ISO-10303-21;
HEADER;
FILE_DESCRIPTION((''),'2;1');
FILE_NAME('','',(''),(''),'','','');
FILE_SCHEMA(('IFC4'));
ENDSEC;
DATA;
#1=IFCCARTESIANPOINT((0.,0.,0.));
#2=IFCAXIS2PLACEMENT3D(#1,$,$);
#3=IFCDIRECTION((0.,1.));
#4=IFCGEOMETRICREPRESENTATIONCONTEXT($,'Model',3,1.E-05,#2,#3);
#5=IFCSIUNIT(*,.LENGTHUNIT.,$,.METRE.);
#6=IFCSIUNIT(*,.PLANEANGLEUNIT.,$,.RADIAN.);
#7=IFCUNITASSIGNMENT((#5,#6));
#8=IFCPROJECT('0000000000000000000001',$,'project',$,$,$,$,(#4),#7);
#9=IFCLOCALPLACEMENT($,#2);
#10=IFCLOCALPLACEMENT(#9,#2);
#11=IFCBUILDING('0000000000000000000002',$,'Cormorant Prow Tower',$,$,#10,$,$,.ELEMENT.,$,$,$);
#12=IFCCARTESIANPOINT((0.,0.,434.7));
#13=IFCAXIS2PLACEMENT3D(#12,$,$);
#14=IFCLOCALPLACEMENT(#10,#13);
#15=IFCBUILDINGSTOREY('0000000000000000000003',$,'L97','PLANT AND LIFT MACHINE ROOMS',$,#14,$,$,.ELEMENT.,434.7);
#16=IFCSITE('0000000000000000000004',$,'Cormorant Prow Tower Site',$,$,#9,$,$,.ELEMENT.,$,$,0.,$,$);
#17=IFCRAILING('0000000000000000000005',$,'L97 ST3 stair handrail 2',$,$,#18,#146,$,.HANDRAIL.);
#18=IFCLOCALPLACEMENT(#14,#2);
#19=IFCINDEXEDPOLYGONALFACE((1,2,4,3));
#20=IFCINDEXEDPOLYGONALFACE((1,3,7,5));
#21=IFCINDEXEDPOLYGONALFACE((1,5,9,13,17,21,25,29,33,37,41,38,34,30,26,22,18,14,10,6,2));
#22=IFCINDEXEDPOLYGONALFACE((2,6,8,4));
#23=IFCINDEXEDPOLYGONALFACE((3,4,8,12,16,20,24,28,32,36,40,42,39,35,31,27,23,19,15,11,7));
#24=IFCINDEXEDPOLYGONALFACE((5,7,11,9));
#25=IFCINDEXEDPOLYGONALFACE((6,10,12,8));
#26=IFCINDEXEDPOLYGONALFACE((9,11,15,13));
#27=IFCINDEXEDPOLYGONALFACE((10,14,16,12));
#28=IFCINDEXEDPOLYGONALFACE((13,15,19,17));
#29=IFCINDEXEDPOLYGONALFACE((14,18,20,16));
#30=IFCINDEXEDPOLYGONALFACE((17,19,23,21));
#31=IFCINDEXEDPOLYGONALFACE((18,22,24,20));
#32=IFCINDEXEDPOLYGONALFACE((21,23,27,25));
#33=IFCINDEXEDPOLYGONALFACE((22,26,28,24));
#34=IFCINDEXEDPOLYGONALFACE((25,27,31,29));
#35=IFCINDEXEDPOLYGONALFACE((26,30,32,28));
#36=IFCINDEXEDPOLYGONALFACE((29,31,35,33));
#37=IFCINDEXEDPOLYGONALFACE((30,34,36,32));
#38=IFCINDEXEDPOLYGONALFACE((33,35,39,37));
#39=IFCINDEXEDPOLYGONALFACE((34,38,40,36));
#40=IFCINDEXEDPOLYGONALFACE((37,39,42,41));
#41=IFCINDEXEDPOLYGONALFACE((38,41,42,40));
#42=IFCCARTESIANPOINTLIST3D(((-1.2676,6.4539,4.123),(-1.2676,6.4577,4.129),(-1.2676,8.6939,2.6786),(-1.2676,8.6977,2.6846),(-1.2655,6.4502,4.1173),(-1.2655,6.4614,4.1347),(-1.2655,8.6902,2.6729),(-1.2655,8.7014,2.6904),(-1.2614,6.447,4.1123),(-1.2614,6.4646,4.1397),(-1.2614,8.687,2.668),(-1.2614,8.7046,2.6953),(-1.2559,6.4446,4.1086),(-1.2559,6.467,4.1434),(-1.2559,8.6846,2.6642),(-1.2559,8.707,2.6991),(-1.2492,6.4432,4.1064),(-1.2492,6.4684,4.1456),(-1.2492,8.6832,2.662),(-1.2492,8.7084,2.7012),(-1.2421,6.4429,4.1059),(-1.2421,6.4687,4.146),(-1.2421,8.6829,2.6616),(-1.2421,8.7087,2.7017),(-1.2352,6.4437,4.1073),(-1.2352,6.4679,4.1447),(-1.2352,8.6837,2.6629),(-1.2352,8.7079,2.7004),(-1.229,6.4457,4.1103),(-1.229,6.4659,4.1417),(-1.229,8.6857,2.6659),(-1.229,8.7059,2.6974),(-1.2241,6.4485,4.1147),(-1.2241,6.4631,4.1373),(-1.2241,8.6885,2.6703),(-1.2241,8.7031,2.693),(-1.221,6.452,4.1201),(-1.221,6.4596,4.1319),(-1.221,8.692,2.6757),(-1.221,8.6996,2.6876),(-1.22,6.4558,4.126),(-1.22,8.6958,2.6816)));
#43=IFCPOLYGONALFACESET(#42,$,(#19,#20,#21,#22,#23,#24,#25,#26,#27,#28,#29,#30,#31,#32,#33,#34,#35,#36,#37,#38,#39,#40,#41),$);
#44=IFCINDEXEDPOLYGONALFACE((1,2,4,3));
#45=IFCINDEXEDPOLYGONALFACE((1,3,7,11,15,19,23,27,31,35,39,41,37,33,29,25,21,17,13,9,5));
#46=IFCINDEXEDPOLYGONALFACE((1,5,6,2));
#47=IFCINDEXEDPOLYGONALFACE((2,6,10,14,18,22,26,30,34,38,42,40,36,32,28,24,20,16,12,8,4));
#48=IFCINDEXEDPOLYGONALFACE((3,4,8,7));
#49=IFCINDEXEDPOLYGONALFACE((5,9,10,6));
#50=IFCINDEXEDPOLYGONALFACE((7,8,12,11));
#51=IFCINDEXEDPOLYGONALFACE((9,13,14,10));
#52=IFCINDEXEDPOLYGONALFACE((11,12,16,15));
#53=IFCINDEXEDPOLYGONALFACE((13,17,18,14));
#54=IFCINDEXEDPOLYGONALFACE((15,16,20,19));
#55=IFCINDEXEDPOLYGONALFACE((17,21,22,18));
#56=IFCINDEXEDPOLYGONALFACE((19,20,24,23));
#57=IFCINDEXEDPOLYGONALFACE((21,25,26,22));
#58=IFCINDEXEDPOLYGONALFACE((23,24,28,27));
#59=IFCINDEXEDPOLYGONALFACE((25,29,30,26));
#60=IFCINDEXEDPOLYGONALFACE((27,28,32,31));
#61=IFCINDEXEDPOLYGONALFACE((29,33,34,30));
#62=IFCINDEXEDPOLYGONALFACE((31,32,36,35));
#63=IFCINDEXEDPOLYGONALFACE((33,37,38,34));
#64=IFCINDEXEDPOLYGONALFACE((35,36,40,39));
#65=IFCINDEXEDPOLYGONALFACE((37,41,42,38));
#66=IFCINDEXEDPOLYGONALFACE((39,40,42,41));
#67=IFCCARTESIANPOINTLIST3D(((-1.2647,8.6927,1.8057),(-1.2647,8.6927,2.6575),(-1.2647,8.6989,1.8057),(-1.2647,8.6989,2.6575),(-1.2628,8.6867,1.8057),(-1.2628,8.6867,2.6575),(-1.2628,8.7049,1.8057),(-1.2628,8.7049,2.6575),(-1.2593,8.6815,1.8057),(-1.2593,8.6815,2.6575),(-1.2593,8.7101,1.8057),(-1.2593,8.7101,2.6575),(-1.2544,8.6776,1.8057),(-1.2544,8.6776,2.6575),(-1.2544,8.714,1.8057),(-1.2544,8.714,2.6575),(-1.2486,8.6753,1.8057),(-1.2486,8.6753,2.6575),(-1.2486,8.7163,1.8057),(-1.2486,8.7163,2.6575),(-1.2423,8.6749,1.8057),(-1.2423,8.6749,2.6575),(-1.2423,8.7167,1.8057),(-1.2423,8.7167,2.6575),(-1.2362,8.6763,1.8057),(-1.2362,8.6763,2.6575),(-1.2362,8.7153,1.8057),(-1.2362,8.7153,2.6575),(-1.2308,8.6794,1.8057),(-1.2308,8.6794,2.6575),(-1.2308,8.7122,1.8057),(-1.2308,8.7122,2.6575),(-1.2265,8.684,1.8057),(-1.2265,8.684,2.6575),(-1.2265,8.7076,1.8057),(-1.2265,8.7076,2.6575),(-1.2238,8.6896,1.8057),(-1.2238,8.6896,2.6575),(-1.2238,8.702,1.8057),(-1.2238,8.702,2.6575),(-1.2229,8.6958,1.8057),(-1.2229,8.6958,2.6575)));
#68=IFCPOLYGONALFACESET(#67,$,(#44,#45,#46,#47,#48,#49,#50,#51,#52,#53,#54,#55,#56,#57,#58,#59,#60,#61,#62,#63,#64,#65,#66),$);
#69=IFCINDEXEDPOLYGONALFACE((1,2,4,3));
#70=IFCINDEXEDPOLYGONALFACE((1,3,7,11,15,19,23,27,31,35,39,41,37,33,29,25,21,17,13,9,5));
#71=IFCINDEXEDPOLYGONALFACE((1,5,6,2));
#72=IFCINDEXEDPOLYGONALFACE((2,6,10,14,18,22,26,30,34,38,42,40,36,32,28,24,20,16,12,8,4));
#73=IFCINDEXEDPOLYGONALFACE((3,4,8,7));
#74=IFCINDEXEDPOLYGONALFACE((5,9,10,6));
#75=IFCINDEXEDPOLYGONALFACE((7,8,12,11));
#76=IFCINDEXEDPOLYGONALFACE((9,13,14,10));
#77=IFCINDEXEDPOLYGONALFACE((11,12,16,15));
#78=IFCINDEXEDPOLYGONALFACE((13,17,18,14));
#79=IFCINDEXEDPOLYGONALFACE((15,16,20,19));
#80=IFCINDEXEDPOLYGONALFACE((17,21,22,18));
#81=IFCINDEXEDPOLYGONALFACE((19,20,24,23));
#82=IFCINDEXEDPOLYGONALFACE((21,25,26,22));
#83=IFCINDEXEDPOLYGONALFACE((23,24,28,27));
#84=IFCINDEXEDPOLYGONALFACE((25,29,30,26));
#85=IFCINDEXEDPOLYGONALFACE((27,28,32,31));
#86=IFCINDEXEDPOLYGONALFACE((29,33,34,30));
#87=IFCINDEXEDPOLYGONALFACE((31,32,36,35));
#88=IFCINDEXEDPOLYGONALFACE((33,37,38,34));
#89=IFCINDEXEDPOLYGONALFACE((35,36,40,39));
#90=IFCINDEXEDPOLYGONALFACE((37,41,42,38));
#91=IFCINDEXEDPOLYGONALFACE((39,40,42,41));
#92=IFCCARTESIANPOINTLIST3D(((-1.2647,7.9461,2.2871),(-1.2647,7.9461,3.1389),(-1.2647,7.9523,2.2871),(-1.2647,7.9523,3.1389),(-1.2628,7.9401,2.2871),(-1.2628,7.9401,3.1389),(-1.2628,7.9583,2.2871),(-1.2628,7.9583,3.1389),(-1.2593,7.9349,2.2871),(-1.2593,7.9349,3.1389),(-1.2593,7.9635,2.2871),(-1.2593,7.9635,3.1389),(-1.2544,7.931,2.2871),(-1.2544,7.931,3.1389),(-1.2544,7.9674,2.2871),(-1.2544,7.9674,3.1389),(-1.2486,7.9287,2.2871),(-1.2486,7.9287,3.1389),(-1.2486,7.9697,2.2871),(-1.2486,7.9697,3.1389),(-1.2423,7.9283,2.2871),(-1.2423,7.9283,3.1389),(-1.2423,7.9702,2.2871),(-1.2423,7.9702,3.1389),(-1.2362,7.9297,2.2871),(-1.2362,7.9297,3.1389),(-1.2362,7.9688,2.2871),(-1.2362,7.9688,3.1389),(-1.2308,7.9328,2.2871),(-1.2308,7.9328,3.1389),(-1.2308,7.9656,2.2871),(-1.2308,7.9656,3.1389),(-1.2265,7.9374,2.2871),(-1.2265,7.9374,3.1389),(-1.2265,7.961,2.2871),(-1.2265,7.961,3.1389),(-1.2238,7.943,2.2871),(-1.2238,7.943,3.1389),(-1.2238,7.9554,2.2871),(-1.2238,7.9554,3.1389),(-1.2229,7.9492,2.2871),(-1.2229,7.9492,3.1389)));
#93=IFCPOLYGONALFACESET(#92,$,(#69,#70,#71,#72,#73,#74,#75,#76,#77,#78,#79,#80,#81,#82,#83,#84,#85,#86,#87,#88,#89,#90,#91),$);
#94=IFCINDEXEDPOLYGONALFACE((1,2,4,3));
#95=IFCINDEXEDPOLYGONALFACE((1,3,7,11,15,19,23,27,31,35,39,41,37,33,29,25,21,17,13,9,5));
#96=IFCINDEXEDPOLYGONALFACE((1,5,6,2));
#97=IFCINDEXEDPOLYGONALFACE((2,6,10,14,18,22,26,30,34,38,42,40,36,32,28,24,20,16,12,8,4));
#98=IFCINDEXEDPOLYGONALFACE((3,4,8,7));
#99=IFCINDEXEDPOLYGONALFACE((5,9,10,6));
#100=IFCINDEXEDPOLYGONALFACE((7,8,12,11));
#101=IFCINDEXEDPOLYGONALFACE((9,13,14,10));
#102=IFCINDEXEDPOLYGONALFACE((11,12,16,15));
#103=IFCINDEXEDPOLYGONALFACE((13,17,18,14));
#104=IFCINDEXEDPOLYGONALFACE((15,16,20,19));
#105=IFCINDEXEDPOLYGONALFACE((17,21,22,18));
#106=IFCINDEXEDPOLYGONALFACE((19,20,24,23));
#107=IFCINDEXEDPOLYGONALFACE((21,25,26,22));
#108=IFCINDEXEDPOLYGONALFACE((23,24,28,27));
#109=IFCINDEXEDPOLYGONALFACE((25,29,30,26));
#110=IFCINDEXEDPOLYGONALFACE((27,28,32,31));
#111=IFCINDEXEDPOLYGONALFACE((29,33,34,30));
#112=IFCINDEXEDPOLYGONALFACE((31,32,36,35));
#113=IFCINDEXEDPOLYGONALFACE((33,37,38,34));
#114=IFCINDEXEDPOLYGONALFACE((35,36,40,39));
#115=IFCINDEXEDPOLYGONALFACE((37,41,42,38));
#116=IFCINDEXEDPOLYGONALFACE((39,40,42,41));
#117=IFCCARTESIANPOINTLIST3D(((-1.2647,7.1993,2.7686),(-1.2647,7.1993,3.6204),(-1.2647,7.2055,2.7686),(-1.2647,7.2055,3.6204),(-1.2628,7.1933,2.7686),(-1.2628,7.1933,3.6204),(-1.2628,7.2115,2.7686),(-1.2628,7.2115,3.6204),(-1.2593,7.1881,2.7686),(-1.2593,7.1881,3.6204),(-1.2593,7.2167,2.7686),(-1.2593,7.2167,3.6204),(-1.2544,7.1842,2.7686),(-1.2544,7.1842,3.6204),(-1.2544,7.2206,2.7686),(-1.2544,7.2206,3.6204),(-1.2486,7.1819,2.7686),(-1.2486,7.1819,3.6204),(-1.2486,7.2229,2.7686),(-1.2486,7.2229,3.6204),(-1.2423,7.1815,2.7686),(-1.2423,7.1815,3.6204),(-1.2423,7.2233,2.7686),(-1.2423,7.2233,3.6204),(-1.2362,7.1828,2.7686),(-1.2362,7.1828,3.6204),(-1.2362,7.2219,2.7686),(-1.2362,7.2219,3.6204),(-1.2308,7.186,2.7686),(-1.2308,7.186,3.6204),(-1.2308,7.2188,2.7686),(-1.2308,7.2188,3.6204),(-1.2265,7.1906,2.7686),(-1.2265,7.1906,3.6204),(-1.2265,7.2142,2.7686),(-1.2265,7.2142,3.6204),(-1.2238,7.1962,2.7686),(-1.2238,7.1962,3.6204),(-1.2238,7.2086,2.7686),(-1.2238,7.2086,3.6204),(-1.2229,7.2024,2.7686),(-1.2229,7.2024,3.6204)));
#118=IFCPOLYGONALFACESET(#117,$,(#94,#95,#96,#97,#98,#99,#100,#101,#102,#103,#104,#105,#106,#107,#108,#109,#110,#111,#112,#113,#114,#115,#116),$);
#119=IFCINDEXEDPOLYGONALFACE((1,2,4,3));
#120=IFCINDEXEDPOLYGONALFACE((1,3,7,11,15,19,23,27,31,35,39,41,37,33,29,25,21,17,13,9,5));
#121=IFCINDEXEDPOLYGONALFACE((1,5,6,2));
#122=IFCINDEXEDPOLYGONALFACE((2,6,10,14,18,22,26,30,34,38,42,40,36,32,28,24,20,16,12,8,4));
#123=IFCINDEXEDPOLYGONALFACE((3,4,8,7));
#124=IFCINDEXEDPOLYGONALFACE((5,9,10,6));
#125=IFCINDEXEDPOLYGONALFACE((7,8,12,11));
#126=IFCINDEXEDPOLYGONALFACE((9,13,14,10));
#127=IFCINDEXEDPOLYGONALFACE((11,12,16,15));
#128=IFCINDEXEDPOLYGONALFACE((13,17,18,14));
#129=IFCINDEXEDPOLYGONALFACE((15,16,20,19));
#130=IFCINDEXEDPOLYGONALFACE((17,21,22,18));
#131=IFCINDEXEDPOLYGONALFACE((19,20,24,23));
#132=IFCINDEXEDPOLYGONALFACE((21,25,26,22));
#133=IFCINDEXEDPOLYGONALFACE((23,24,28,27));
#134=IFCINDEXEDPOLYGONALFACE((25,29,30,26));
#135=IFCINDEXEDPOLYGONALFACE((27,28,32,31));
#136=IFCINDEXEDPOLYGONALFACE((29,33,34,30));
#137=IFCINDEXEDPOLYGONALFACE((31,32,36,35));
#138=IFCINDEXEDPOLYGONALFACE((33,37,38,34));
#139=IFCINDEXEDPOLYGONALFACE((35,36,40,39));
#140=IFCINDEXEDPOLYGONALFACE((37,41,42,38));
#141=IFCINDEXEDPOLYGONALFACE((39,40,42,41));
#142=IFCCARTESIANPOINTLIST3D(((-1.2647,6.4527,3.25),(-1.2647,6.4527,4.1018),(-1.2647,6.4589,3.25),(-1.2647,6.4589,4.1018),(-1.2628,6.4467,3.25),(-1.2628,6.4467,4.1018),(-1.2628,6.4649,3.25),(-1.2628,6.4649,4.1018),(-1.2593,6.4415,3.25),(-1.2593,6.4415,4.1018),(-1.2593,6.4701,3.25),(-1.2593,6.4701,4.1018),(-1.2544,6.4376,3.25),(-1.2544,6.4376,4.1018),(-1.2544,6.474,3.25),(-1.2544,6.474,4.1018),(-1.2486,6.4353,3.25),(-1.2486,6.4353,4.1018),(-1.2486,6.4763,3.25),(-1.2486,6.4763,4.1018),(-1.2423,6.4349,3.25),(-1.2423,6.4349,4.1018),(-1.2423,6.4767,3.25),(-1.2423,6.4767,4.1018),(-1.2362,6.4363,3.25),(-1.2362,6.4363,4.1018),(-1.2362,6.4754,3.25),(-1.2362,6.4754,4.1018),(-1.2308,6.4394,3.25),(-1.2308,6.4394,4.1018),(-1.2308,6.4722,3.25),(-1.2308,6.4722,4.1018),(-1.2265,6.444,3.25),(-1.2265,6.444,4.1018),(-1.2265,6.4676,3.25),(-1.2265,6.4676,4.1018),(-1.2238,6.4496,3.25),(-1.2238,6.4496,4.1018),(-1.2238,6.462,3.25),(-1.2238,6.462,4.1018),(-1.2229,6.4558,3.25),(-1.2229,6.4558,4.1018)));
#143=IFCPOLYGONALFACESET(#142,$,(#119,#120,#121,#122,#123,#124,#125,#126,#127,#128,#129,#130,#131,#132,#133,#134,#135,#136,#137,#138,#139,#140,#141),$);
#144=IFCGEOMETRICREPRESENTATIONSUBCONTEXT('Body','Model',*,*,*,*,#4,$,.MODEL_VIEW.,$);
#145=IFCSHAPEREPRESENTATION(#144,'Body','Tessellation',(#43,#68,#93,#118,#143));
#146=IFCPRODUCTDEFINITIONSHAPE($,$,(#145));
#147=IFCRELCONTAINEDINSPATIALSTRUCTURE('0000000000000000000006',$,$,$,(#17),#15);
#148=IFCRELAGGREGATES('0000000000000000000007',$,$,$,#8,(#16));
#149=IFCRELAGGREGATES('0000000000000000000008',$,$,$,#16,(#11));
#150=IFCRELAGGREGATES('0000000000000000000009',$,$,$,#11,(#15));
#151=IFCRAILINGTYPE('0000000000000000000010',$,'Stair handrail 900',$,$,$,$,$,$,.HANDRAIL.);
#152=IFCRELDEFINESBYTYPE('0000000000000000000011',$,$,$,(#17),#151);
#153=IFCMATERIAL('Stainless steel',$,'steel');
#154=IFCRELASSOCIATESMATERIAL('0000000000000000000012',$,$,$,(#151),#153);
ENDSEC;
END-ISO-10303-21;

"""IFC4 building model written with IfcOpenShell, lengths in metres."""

from ifc_helpers import new_model, si_unit, direction, frame, origin, origin_2d, place, context, subcontext, project, spatial, circle, extrude, material, type_object, element, save


model = new_model("IFC4")

# Units and contexts
model_context = context("Model", 3, precision=1e-05, world=origin(), true_north=direction((0.0, 1.0)))
body_context = subcontext(model_context, "Body", "Model", "MODEL_VIEW")
ifc_project = project(units=[si_unit("LENGTHUNIT", "METRE"), si_unit("PLANEANGLEUNIT", "RADIAN")], contexts=[model_context])

# Site, building, storey
site_placement = place(None, origin())
site = spatial("IfcSite", under=ifc_project, at=site_placement, Name="Cormorant Prow Tower Site", CompositionType="ELEMENT", RefElevation=0.0)
building_placement = place(site_placement, origin())
building = spatial("IfcBuilding", under=site, at=building_placement, Name="Cormorant Prow Tower", CompositionType="ELEMENT")
storey_placement = place(building_placement, frame((0.0, 0.0, 434.7)))
storey = spatial("IfcBuildingStorey", under=building, at=storey_placement, Name="L97", Description="PLANT AND LIFT MACHINE ROOMS", CompositionType="ELEMENT", Elevation=434.7)

# Railing
ifc_material_1 = material(Name="Stainless steel", Category="steel")
railing_type = type_object("IfcRailingType", Name="Stair handrail 900", PredefinedType="HANDRAIL", material=ifc_material_1)
for number, where, name in (
    (1, (-1.2439, 8.6958, 1.8057), "L97 ST3 stair handrail 2"),
):
    element("IfcRailing", number, at=place(storey_placement, frame(where)), inside=storey, type_object=railing_type, Name=name, PredefinedType="HANDRAIL", context=body_context, shape_type="SweptSolid", body=[
        extrude(circle(Radius=0.0239, at=origin_2d()), frame((0.0, 0.0, 0.876), z_axis=(0.0, -0.840437, 0.54191), x_axis=(1.0, 0.0, 0.0)), (0.0, 0.0, 1.0), 2.6653),
        extrude(circle(Radius=0.021, at=origin_2d()), origin(), (0.0, 0.0, 1.0), 0.8518),
        extrude(circle(Radius=0.021, at=origin_2d()), frame((0.0, -0.7466, 0.4814)), (0.0, 0.0, 1.0), 0.8518),
        extrude(circle(Radius=0.021, at=origin_2d()), frame((0.0, -1.4934, 0.9629)), (0.0, 0.0, 1.0), 0.8518),
        extrude(circle(Radius=0.021, at=origin_2d()), frame((0.0, -2.24, 1.4443)), (0.0, 0.0, 1.0), 0.8518),
    ])

save(model, "model.ifc")
